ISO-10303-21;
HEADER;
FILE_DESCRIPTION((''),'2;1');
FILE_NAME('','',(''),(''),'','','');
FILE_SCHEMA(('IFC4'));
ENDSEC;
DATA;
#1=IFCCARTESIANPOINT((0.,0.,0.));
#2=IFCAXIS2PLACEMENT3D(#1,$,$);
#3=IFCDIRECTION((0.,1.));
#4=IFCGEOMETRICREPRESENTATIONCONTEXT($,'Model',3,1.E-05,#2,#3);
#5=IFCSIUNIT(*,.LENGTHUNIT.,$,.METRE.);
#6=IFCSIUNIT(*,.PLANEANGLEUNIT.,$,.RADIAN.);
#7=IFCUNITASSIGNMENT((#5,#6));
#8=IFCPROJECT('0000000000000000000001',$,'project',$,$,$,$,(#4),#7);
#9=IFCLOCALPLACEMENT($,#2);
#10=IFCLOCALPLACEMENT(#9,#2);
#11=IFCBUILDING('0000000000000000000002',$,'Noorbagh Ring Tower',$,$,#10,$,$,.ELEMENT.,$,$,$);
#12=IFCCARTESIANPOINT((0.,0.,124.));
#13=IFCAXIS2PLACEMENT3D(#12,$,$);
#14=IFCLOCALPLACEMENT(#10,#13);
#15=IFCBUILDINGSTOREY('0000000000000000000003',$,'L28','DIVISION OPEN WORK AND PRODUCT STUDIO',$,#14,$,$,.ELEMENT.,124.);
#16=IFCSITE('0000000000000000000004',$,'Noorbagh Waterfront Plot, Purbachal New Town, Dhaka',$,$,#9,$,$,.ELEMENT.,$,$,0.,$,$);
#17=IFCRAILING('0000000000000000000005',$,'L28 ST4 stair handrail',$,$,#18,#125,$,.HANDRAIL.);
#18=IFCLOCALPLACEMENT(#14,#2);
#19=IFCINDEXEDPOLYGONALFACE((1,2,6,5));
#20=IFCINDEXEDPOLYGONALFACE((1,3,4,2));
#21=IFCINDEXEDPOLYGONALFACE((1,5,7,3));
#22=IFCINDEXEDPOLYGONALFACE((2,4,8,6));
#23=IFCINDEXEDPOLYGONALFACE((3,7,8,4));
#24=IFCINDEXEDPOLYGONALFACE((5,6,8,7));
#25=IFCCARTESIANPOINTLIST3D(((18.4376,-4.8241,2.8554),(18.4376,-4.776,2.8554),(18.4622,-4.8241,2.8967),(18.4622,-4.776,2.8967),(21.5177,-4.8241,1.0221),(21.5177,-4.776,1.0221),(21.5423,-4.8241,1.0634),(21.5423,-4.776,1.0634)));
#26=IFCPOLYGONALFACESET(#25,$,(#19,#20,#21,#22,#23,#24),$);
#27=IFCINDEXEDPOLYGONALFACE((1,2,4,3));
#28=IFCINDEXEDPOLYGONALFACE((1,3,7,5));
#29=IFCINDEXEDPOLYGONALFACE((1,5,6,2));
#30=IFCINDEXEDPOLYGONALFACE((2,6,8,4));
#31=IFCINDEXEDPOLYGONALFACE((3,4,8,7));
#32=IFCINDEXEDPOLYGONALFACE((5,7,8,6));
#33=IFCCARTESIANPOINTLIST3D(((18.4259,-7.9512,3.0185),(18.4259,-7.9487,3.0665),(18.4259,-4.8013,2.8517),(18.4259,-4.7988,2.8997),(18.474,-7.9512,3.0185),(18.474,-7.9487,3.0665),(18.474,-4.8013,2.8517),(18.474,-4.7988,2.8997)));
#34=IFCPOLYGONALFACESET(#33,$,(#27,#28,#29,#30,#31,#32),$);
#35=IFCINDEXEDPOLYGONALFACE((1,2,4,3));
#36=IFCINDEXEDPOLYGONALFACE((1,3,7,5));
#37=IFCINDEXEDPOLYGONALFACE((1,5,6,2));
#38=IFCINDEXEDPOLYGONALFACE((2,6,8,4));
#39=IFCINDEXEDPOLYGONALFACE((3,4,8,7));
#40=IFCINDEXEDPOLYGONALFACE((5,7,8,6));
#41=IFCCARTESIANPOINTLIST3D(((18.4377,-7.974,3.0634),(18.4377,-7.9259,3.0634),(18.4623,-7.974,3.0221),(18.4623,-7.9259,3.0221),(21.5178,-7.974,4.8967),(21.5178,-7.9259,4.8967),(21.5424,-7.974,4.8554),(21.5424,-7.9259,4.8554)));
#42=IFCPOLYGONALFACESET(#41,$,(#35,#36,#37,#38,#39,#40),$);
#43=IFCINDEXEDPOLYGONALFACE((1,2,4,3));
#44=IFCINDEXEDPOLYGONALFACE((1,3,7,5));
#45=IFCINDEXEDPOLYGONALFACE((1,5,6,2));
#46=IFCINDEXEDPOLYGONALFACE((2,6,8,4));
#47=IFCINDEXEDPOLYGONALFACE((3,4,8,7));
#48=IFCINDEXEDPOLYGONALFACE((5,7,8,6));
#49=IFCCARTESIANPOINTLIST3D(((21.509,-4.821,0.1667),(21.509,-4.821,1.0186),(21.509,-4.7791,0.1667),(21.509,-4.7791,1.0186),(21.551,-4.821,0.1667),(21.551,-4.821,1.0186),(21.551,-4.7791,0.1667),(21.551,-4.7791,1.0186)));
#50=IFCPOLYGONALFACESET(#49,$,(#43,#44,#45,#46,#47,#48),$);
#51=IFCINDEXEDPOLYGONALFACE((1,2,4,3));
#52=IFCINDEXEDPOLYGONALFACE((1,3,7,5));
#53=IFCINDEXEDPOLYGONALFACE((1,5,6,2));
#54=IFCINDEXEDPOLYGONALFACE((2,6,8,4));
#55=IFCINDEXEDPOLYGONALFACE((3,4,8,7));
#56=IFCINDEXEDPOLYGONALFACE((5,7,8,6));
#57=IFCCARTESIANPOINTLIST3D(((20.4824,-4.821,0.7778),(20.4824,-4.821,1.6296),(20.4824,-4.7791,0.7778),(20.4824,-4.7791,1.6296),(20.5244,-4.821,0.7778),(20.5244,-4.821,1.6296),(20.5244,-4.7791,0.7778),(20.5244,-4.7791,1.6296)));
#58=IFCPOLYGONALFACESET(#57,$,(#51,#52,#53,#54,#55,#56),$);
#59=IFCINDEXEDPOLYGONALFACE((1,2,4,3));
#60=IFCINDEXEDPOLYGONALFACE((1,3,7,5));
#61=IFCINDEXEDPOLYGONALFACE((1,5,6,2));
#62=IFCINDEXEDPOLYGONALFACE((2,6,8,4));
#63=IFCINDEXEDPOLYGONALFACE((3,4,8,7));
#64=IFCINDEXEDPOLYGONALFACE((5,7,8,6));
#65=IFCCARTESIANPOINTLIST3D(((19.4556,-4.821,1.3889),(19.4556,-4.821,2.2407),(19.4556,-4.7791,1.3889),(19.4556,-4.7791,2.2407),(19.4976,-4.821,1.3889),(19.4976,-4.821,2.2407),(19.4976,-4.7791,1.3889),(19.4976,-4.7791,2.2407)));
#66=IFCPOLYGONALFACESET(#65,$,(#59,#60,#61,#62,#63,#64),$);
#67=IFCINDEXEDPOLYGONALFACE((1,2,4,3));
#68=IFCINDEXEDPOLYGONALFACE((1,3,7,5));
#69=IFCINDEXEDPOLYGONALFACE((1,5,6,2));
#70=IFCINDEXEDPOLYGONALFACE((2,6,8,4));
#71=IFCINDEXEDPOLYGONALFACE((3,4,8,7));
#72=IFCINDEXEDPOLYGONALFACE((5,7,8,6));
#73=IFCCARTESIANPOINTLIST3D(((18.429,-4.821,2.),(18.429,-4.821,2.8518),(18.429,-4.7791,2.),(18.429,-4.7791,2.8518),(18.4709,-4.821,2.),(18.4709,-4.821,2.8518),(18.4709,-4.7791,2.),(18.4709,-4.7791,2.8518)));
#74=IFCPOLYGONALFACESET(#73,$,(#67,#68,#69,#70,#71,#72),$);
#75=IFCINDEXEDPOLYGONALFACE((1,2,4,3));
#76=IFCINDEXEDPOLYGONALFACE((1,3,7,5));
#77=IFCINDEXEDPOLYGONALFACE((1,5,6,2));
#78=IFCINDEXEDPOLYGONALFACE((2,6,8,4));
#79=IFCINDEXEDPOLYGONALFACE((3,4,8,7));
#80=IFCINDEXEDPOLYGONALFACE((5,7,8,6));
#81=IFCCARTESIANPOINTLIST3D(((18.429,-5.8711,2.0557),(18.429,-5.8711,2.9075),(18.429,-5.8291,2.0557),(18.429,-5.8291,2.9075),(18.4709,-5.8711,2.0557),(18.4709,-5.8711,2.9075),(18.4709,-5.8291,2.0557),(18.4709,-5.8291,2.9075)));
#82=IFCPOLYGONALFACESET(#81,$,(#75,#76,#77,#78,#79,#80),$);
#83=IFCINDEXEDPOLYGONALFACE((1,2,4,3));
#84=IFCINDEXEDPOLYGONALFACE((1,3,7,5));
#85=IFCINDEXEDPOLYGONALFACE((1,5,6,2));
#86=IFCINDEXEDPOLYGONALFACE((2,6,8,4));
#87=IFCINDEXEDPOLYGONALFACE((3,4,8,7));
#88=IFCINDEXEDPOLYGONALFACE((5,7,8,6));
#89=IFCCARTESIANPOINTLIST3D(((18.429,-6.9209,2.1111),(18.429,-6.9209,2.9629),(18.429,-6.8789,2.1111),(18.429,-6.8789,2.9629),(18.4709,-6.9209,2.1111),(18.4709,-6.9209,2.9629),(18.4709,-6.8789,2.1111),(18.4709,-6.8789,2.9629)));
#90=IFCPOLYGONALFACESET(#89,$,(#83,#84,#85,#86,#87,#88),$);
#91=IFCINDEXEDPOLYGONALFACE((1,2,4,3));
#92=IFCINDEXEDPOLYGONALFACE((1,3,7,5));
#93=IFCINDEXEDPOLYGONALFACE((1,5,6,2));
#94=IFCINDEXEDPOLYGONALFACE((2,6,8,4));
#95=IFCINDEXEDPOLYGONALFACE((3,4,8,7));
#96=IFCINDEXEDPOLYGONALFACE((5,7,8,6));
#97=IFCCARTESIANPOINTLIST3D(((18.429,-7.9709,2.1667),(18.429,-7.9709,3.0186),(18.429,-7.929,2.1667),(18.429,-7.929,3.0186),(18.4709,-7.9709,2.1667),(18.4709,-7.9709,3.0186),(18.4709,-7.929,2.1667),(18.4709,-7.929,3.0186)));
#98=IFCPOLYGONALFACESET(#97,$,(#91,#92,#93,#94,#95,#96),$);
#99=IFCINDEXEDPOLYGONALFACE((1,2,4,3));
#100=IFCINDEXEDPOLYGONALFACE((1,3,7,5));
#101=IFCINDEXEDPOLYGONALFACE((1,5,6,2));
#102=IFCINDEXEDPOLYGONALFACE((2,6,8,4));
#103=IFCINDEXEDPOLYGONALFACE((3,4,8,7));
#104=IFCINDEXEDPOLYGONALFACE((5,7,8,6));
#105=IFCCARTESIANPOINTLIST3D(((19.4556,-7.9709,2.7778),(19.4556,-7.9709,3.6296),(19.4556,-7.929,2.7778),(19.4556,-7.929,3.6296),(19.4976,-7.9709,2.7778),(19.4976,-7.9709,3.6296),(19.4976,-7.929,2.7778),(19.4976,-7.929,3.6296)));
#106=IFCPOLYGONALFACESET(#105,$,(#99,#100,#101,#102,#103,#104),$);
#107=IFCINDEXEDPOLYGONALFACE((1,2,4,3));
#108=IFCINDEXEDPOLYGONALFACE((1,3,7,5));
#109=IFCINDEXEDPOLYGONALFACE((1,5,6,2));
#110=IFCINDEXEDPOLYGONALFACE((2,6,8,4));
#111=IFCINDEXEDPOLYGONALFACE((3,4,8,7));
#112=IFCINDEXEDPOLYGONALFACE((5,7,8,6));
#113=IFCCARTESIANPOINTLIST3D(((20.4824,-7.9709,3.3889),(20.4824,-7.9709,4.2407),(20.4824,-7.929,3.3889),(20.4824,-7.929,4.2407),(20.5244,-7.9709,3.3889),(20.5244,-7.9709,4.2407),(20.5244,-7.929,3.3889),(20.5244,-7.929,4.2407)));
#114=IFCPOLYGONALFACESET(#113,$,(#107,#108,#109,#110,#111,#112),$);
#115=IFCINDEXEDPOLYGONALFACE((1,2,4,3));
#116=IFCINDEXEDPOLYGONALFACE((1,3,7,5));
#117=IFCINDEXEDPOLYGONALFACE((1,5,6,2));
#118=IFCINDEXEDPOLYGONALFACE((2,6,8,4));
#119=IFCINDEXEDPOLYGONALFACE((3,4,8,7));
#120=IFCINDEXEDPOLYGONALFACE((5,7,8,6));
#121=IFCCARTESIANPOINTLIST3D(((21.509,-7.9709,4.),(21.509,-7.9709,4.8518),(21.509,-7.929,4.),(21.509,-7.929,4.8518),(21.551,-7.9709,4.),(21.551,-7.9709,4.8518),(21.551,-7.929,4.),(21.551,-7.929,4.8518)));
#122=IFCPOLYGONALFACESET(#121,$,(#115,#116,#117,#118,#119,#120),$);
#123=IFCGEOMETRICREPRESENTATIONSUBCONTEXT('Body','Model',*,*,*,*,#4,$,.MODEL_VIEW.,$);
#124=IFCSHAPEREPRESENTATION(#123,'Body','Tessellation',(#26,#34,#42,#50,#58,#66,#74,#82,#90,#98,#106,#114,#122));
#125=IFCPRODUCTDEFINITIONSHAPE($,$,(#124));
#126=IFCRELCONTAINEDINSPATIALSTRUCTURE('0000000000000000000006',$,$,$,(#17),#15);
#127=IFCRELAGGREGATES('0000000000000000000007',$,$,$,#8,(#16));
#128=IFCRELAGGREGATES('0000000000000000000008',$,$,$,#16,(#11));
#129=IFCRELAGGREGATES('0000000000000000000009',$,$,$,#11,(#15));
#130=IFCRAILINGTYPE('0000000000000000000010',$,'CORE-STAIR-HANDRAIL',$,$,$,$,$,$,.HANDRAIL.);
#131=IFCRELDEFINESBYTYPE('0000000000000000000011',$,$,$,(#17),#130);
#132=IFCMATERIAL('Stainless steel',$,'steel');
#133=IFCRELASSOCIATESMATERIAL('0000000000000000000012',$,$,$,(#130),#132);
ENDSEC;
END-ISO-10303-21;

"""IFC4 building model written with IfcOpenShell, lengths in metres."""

from ifc_helpers import new_model, si_unit, direction, frame, origin, origin_2d, place, context, subcontext, project, spatial, rectangle, extrude, material, type_object, element, save


model = new_model("IFC4")

# Units and contexts
model_context = context("Model", 3, precision=1e-05, world=origin(), true_north=direction((0.0, 1.0)))
body_context = subcontext(model_context, "Body", "Model", "MODEL_VIEW")
ifc_project = project(units=[si_unit("LENGTHUNIT", "METRE"), si_unit("PLANEANGLEUNIT", "RADIAN")], contexts=[model_context])

# Site, building, storey
site_placement = place(None, origin())
site = spatial("IfcSite", under=ifc_project, at=site_placement, Name="Noorbagh Waterfront Plot, Purbachal New Town, Dhaka", CompositionType="ELEMENT", RefElevation=0.0)
building_placement = place(site_placement, origin())
building = spatial("IfcBuilding", under=site, at=building_placement, Name="Noorbagh Ring Tower", CompositionType="ELEMENT")
storey_placement = place(building_placement, frame((0.0, 0.0, 124.0)))
storey = spatial("IfcBuildingStorey", under=building, at=storey_placement, Name="L28", Description="DIVISION OPEN WORK AND PRODUCT STUDIO", CompositionType="ELEMENT", Elevation=124.0)

# Railing
ifc_material_1 = material(Name="Stainless steel", Category="steel")
railing_type_1 = type_object("IfcRailingType", Name="CORE-STAIR-HANDRAIL", PredefinedType="HANDRAIL", material=ifc_material_1)
railing_1_placement = place(storey_placement, frame((21.53, -4.8, 0.1667)))
element("IfcRailing", 1, at=railing_1_placement, inside=storey, type_object=railing_type_1, Name="L28 ST4 stair handrail", PredefinedType="HANDRAIL", context=body_context, shape_type="SweptSolid", body=[
    extrude(rectangle(XDim=0.0481, YDim=0.0481, at=origin_2d()), frame((0.0, 0.0, 0.876), z_axis=(-0.859309, 0.0, 0.511458), x_axis=(0.0, -1.0, 0.0)), (0.0, 0.0, 1.0), 3.5845),
    extrude(rectangle(XDim=0.0481, YDim=0.0481, at=origin_2d()), frame((-3.0801, 0.0, 2.709), z_axis=(0.0, -0.998602, 0.052864), x_axis=(1.0, 0.0, 0.0)), (0.0, 0.0, 1.0), 3.1543),
    extrude(rectangle(XDim=0.0481, YDim=0.0481, at=origin_2d()), frame((-3.0801, -3.1499, 2.876), z_axis=(0.859309, 0.0, 0.511458), x_axis=(0.0, 1.0, 0.0)), (0.0, 0.0, 1.0), 3.5845),
    extrude(rectangle(XDim=0.042, YDim=0.042, at=origin_2d()), origin(), (0.0, 0.0, 1.0), 0.8518),
    extrude(rectangle(XDim=0.042, YDim=0.042, at=origin_2d()), frame((-1.0266, 0.0, 0.6111)), (0.0, 0.0, 1.0), 0.8518),
    extrude(rectangle(XDim=0.042, YDim=0.042, at=origin_2d()), frame((-2.0535, 0.0, 1.2222)), (0.0, 0.0, 1.0), 0.8518),
    extrude(rectangle(XDim=0.042, YDim=0.042, at=origin_2d()), frame((-3.0801, 0.0, 1.8333)), (0.0, 0.0, 1.0), 0.8518),
    extrude(rectangle(XDim=0.042, YDim=0.042, at=origin_2d()), frame((-3.0801, -1.05, 1.8889)), (0.0, 0.0, 1.0), 0.8518),
    extrude(rectangle(XDim=0.042, YDim=0.042, at=origin_2d()), frame((-3.0801, -2.0999, 1.9443)), (0.0, 0.0, 1.0), 0.8518),
    extrude(rectangle(XDim=0.042, YDim=0.042, at=origin_2d()), frame((-3.0801, -3.1499, 2.0)), (0.0, 0.0, 1.0), 0.8518),
    extrude(rectangle(XDim=0.042, YDim=0.042, at=origin_2d()), frame((-2.0535, -3.1499, 2.6111)), (0.0, 0.0, 1.0), 0.8518),
    extrude(rectangle(XDim=0.042, YDim=0.042, at=origin_2d()), frame((-1.0266, -3.1499, 3.2222)), (0.0, 0.0, 1.0), 0.8518),
    extrude(rectangle(XDim=0.042, YDim=0.042, at=origin_2d()), frame((0.0, -3.1499, 3.8333)), (0.0, 0.0, 1.0), 0.8518),
])

save(model, "model.ifc")
